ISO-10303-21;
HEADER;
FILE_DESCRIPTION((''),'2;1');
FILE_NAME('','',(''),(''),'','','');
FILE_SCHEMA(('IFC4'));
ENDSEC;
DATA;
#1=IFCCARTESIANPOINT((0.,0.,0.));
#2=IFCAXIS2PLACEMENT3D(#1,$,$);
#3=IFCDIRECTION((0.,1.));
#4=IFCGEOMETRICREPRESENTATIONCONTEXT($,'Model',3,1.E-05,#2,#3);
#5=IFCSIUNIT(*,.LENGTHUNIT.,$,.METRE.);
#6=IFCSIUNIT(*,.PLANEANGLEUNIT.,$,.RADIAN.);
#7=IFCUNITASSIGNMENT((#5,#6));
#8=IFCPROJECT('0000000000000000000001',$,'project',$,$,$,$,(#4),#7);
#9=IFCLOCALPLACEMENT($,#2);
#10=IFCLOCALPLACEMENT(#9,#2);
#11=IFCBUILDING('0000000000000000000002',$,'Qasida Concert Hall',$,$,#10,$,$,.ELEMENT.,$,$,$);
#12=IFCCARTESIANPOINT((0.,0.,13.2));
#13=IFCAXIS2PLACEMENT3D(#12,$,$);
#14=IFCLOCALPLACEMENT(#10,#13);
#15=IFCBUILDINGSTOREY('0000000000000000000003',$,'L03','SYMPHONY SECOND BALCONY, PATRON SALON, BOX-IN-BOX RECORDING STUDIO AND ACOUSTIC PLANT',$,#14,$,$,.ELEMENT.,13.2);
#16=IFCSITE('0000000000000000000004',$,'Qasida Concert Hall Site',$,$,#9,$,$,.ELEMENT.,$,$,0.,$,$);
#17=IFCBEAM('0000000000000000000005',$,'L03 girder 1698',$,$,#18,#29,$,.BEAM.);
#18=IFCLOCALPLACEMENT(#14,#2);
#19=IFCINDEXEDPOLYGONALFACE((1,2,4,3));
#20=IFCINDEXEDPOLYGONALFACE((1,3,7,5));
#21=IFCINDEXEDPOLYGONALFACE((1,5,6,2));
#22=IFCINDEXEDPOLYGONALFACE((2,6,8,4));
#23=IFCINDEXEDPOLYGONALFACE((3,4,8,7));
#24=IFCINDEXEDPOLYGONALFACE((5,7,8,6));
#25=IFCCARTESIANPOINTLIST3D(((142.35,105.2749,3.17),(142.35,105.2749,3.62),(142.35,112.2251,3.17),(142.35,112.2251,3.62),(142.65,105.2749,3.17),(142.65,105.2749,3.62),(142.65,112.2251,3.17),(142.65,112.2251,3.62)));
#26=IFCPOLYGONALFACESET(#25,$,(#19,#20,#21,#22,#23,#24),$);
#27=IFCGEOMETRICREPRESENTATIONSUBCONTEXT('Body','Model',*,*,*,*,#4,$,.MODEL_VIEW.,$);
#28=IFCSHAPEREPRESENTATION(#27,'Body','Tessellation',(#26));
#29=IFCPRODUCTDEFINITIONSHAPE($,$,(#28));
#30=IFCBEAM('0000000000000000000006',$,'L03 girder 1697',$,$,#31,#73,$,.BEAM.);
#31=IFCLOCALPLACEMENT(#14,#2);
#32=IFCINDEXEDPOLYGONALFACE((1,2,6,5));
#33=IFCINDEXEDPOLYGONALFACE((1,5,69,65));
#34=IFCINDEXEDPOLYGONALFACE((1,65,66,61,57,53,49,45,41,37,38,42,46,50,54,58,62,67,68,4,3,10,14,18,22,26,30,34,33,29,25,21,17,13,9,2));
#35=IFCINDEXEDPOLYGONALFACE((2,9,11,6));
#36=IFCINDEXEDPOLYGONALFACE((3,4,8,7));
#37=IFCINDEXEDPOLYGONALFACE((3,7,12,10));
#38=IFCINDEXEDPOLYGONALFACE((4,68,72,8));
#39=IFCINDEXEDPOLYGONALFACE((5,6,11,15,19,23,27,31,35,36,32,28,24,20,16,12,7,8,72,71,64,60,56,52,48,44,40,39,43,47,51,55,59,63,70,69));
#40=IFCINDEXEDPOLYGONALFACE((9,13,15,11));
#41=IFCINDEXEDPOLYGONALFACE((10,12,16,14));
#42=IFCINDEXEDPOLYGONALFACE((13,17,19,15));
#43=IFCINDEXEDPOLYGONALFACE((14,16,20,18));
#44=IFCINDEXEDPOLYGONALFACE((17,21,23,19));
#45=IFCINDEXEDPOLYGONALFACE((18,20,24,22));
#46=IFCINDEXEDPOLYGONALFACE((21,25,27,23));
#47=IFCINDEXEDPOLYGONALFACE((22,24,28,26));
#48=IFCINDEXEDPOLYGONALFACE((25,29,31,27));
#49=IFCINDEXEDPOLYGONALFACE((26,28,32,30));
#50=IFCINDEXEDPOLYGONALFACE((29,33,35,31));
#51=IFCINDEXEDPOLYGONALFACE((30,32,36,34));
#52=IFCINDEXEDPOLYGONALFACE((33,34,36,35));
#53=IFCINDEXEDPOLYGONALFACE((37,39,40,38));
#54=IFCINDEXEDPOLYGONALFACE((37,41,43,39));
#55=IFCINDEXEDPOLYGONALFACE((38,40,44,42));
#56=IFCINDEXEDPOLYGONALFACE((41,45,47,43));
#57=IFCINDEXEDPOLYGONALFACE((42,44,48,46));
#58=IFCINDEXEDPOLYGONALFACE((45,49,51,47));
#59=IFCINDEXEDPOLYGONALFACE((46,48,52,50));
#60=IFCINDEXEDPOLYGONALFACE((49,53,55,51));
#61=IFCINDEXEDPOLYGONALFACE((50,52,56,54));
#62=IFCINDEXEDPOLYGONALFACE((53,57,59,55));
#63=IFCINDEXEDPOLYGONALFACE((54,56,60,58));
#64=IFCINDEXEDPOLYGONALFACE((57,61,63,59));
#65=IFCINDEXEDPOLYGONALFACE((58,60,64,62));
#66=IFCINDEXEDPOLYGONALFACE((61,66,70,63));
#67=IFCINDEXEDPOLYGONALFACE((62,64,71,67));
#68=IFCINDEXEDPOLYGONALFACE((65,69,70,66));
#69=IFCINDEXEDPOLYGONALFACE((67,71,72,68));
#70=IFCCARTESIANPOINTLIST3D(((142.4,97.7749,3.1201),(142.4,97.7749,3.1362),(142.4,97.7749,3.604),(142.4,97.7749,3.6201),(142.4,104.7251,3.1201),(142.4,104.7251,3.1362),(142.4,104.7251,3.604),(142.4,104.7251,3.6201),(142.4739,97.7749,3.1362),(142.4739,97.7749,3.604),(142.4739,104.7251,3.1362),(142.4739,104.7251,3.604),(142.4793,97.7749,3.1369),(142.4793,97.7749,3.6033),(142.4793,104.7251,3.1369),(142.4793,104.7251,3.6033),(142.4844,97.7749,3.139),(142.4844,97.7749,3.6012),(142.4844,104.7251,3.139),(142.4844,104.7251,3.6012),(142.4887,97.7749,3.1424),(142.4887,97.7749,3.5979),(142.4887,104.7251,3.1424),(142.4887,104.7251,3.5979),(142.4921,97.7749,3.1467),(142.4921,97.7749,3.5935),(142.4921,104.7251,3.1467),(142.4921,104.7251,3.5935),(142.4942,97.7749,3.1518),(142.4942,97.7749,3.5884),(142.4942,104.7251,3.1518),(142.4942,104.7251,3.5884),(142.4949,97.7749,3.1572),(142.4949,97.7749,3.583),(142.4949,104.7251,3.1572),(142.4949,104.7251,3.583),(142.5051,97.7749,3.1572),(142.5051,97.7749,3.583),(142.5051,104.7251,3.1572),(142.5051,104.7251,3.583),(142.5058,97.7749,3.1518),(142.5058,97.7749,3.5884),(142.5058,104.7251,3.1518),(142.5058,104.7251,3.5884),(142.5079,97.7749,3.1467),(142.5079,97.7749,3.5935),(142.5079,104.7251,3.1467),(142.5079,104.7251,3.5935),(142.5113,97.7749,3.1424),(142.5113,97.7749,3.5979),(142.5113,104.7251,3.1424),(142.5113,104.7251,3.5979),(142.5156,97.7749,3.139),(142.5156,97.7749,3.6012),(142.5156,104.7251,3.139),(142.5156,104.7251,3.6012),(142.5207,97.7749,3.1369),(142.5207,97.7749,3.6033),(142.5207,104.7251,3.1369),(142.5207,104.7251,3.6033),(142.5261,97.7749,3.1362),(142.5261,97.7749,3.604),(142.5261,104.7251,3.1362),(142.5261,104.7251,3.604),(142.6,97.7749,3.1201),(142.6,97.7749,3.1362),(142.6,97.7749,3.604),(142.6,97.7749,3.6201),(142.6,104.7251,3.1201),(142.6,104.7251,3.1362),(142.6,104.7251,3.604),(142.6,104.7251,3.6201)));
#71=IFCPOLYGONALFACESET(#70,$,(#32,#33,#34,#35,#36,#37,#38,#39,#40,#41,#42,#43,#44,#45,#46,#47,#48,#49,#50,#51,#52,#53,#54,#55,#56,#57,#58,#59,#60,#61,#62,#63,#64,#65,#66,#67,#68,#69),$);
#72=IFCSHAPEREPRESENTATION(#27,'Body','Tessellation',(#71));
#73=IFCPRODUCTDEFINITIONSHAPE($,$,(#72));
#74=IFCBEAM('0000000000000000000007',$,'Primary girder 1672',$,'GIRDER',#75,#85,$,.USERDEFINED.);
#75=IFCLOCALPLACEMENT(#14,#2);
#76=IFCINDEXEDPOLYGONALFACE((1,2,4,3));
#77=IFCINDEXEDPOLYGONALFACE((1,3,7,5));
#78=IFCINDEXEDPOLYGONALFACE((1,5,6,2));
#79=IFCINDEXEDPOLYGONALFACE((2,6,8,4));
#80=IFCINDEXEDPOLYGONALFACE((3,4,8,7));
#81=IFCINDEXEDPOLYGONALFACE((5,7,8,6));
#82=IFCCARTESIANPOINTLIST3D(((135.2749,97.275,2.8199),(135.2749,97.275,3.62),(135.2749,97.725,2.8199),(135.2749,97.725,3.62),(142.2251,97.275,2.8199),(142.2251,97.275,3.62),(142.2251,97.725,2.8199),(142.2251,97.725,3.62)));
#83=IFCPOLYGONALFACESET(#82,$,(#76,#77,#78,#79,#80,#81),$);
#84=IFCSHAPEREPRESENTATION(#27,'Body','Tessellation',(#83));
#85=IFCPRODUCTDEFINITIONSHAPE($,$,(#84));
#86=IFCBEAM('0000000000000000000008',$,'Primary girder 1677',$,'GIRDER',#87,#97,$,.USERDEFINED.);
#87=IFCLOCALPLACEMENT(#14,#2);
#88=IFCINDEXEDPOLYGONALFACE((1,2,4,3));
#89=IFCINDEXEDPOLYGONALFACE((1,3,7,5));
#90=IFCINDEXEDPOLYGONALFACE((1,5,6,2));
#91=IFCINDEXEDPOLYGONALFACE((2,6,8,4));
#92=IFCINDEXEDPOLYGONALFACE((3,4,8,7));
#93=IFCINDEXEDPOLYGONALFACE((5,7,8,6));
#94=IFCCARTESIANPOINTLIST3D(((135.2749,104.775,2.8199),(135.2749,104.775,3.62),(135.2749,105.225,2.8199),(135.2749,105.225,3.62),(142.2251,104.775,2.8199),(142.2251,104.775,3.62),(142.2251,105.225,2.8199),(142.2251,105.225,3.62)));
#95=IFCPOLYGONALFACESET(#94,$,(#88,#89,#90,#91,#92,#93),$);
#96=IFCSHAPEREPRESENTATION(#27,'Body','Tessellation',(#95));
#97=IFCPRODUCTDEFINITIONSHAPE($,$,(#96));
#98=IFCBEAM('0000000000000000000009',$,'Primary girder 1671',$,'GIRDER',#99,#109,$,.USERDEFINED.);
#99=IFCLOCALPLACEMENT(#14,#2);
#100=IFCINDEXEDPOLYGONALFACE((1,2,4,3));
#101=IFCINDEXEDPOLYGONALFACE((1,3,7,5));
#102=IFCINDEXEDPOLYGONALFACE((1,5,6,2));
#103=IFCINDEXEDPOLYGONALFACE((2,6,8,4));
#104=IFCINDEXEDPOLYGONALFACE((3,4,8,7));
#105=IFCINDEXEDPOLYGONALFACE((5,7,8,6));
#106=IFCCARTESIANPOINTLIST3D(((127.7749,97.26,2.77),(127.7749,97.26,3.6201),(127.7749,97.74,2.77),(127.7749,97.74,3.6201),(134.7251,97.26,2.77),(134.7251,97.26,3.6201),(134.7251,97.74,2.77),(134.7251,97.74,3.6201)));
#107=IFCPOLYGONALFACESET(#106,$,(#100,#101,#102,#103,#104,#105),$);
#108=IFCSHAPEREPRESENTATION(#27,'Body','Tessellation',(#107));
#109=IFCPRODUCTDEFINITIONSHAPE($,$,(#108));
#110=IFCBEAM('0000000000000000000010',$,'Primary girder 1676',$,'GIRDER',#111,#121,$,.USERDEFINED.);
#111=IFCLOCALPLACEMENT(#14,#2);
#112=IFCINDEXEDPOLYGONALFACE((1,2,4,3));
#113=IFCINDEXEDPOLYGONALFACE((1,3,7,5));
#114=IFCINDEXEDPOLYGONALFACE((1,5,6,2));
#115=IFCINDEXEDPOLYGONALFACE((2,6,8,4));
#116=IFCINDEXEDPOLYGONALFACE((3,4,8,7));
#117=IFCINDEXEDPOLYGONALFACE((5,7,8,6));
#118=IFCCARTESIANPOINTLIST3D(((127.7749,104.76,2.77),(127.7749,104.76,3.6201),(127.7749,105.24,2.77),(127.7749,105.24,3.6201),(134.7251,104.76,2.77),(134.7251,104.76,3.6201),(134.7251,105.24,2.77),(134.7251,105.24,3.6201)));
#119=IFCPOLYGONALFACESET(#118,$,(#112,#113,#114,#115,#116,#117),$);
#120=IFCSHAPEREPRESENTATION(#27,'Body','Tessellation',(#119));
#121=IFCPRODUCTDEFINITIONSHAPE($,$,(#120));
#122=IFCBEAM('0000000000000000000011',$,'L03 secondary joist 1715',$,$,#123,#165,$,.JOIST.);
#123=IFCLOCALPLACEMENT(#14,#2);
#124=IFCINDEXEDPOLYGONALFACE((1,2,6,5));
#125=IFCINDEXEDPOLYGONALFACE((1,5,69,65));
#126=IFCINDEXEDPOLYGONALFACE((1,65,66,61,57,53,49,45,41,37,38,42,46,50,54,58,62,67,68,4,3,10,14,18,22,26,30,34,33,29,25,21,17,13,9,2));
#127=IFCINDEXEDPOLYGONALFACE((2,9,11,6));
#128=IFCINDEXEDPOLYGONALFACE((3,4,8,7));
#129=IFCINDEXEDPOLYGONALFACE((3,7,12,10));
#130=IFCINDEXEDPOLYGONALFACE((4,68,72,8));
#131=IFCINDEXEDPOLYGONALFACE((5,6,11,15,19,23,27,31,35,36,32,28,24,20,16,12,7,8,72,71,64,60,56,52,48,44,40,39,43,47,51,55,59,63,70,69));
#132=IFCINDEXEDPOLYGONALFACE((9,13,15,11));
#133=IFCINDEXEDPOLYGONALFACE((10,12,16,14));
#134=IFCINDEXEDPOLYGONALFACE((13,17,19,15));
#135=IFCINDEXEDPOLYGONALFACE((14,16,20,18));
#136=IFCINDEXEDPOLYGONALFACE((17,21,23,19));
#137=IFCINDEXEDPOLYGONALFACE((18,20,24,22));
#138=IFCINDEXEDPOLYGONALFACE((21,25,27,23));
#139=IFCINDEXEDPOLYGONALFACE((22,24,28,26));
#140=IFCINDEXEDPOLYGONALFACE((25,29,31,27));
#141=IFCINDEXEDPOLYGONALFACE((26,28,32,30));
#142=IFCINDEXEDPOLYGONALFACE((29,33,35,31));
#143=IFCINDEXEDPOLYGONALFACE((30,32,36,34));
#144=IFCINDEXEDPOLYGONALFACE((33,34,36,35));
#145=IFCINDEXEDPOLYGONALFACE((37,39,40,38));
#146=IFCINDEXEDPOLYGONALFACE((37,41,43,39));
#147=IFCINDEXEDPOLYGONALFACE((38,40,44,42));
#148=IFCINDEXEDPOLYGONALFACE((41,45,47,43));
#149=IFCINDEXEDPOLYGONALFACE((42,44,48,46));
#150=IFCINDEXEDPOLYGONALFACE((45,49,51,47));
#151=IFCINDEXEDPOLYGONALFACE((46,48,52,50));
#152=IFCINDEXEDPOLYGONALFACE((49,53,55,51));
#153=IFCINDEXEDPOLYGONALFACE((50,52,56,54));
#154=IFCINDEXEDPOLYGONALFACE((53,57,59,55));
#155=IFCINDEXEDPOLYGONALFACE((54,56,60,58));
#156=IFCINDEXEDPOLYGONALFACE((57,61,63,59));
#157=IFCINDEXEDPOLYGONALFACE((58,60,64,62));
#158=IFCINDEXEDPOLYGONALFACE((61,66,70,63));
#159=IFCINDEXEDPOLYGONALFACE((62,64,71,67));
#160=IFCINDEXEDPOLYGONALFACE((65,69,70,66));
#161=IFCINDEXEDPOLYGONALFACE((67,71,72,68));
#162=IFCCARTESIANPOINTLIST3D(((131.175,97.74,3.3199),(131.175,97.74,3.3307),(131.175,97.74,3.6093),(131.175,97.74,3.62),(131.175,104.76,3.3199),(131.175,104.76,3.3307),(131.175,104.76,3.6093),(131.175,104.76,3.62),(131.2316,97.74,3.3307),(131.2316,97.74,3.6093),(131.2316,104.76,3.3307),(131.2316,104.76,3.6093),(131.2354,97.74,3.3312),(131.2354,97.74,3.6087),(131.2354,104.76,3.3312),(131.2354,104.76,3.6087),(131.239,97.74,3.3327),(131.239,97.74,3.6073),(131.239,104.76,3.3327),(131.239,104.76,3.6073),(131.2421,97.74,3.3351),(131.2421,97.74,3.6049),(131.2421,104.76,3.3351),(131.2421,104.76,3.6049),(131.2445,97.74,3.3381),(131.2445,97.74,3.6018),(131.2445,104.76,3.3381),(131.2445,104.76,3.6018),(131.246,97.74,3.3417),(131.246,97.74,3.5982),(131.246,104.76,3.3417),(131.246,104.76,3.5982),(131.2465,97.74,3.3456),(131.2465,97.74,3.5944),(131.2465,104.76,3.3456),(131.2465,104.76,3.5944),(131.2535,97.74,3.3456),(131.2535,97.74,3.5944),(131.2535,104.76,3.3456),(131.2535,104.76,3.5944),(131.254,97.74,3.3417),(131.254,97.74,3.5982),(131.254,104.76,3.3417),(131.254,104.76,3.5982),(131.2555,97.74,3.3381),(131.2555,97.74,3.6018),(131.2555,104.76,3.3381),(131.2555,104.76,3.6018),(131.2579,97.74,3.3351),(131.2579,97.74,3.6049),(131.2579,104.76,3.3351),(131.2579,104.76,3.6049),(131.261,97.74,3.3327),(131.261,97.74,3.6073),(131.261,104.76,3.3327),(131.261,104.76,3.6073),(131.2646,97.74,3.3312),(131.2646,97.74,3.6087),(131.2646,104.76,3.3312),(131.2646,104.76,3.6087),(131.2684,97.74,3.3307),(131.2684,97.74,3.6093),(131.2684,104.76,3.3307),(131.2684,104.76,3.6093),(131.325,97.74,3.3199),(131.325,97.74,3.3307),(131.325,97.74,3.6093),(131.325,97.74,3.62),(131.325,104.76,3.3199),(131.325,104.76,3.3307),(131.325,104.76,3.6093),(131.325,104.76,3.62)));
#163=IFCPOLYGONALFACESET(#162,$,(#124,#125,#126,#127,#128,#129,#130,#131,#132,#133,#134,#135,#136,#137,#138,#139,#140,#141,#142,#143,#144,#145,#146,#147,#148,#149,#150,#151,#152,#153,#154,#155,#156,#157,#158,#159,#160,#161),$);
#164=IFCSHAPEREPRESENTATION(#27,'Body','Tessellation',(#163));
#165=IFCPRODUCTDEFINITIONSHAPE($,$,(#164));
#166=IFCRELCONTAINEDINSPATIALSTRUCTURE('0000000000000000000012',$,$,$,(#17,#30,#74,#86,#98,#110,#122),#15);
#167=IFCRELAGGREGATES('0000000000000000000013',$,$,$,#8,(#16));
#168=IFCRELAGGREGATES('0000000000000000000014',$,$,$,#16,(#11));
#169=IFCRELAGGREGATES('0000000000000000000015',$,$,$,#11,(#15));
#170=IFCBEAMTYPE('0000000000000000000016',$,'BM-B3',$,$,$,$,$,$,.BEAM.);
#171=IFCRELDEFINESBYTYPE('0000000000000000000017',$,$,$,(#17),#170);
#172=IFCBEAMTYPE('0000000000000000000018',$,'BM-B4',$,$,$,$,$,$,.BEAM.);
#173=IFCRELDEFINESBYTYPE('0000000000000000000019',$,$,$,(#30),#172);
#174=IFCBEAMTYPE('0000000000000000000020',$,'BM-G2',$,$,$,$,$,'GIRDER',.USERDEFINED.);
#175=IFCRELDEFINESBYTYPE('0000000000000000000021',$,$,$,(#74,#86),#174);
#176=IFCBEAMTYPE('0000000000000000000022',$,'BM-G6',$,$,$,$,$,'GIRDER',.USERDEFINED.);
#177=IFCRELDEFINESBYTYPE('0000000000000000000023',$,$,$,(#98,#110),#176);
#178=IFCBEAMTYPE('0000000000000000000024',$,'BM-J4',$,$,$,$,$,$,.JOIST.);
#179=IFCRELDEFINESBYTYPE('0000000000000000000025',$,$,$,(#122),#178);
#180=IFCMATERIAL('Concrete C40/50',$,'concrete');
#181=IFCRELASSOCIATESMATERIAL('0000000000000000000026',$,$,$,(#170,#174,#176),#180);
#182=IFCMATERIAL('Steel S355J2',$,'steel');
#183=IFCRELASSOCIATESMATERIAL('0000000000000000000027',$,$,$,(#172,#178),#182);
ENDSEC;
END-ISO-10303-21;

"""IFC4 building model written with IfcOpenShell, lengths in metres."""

from ifc_helpers import new_model, si_unit, direction, frame, origin, origin_2d, place, context, subcontext, project, spatial, rectangle, i_section, extrude, material, material_profile, profile_set, type_object, element, save


model = new_model("IFC4")

# Units and contexts
model_context = context("Model", 3, precision=1e-05, world=origin(), true_north=direction((0.0, 1.0)))
body_context = subcontext(model_context, "Body", "Model", "MODEL_VIEW")
ifc_project = project(units=[si_unit("LENGTHUNIT", "METRE"), si_unit("PLANEANGLEUNIT", "RADIAN")], contexts=[model_context])

# Site, building, storey
site_placement = place(None, origin())
site = spatial("IfcSite", under=ifc_project, at=site_placement, Name="Qasida Concert Hall Site", CompositionType="ELEMENT", RefElevation=0.0)
building_placement = place(site_placement, origin())
building = spatial("IfcBuilding", under=site, at=building_placement, Name="Qasida Concert Hall", CompositionType="ELEMENT")
storey_placement = place(building_placement, frame((0.0, 0.0, 13.2)))
storey = spatial("IfcBuildingStorey", under=building, at=storey_placement, Name="L03", Description="SYMPHONY SECOND BALCONY, PATRON SALON, BOX-IN-BOX RECORDING STUDIO AND ACOUSTIC PLANT", CompositionType="ELEMENT", Elevation=13.2)

# Beams
ifc_material_1 = material(Name="Steel S355J2", Category="steel")
ifc_material_2 = material(Name="Concrete C40/50", Category="concrete")
ifc_material_profile_1 = material_profile(ifc_material_2, rectangle(XDim=0.3, YDim=0.45, at=origin_2d()), Name="RC 300x450")
ifc_profile_set_1 = profile_set([ifc_material_profile_1], Name="Concrete C40/50")
beam_type_1 = type_object("IfcBeamType", Name="BM-B3", PredefinedType="BEAM", material=ifc_profile_set_1)
beam_1_placement = place(storey_placement, frame((142.5, 105.2749, 3.395), z_axis=(0.0, 1.0, 0.0), x_axis=(-1.0, 0.0, 0.0)))
element("IfcBeam", 1, at=beam_1_placement, inside=storey, type_object=beam_type_1, Name="L03 girder 1698", PredefinedType="BEAM", context=body_context, shape_type="SweptSolid", body=[
    extrude(rectangle(XDim=0.3, YDim=0.45, at=origin_2d()), origin(), (0.0, 0.0, 1.0), 6.9502),
])
ifc_material_profile_2 = material_profile(ifc_material_1, i_section(OverallWidth=0.2, OverallDepth=0.5, WebThickness=0.0103, FlangeThickness=0.0161, FilletRadius=0.021, at=origin_2d()), Name="IPE 500")
ifc_profile_set_2 = profile_set([ifc_material_profile_2], Name="Steel S355J2")
beam_type_2 = type_object("IfcBeamType", Name="BM-B4", PredefinedType="BEAM", material=ifc_profile_set_2)
beam_2_placement = place(storey_placement, frame((142.5, 97.7749, 3.3701), z_axis=(0.0, 1.0, 0.0), x_axis=(-1.0, 0.0, 0.0)))
element("IfcBeam", 2, at=beam_2_placement, inside=storey, type_object=beam_type_2, Name="L03 girder 1697", PredefinedType="BEAM", context=body_context, shape_type="SweptSolid", body=[
    extrude(i_section(OverallWidth=0.2, OverallDepth=0.5, WebThickness=0.0103, FlangeThickness=0.0161, FilletRadius=0.021, at=origin_2d()), origin(), (0.0, 0.0, 1.0), 6.9502),
])
ifc_material_profile_3 = material_profile(ifc_material_2, rectangle(XDim=0.45, YDim=0.8, at=origin_2d()), Name="RC 450x800")
ifc_profile_set_3 = profile_set([ifc_material_profile_3], Name="Concrete C40/50")
beam_type_3 = type_object("IfcBeamType", Name="BM-G2", ElementType="GIRDER", PredefinedType="USERDEFINED", material=ifc_profile_set_3)
for number, where, z_axis, x_axis, name in (
    (3, (135.2749, 97.5, 3.22), (1.0, 0.0, 0.0), (0.0, 1.0, 0.0), "Primary girder 1672"),
    (4, (135.2749, 105.0, 3.22), (1.0, 0.0, 0.0), (0.0, 1.0, 0.0), "Primary girder 1677"),
):
    element("IfcBeam", number, at=place(storey_placement, frame(where, z_axis=z_axis, x_axis=x_axis)), inside=storey, type_object=beam_type_3, Name=name, ObjectType="GIRDER", PredefinedType="USERDEFINED", context=body_context, shape_type="SweptSolid", body=[
        extrude(rectangle(XDim=0.45, YDim=0.8, at=origin_2d()), origin(), (0.0, 0.0, 1.0), 6.9502),
    ])
ifc_material_profile_4 = material_profile(ifc_material_2, rectangle(XDim=0.48, YDim=0.8501, at=origin_2d()), Name="RC 480x850")
ifc_profile_set_4 = profile_set([ifc_material_profile_4], Name="Concrete C40/50")
beam_type_4 = type_object("IfcBeamType", Name="BM-G6", ElementType="GIRDER", PredefinedType="USERDEFINED", material=ifc_profile_set_4)
for number, where, z_axis, x_axis, name in (
    (5, (127.7749, 97.5, 3.1951), (1.0, 0.0, 0.0), (0.0, 1.0, 0.0), "Primary girder 1671"),
    (6, (127.7749, 105.0, 3.1951), (1.0, 0.0, 0.0), (0.0, 1.0, 0.0), "Primary girder 1676"),
):
    element("IfcBeam", number, at=place(storey_placement, frame(where, z_axis=z_axis, x_axis=x_axis)), inside=storey, type_object=beam_type_4, Name=name, ObjectType="GIRDER", PredefinedType="USERDEFINED", context=body_context, shape_type="SweptSolid", body=[
        extrude(rectangle(XDim=0.48, YDim=0.8501, at=origin_2d()), origin(), (0.0, 0.0, 1.0), 6.9502),
    ])
ifc_material_profile_5 = material_profile(ifc_material_1, i_section(OverallWidth=0.1499, OverallDepth=0.3, WebThickness=0.0071, FlangeThickness=0.0107, FilletRadius=0.0149, at=origin_2d()), Name="IPE 300")
ifc_profile_set_5 = profile_set([ifc_material_profile_5], Name="Steel S355J2")
beam_type_5 = type_object("IfcBeamType", Name="BM-J4", PredefinedType="JOIST", material=ifc_profile_set_5)
beam_3_placement = place(storey_placement, frame((131.25, 97.74, 3.47), z_axis=(0.0, 1.0, 0.0), x_axis=(-1.0, 0.0, 0.0)))
element("IfcBeam", 7, at=beam_3_placement, inside=storey, type_object=beam_type_5, Name="L03 secondary joist 1715", PredefinedType="JOIST", context=body_context, shape_type="SweptSolid", body=[
    extrude(i_section(OverallWidth=0.1499, OverallDepth=0.3, WebThickness=0.0071, FlangeThickness=0.0107, FilletRadius=0.0149, at=origin_2d()), origin(), (0.0, 0.0, 1.0), 7.02),
])

save(model, "model.ifc")
